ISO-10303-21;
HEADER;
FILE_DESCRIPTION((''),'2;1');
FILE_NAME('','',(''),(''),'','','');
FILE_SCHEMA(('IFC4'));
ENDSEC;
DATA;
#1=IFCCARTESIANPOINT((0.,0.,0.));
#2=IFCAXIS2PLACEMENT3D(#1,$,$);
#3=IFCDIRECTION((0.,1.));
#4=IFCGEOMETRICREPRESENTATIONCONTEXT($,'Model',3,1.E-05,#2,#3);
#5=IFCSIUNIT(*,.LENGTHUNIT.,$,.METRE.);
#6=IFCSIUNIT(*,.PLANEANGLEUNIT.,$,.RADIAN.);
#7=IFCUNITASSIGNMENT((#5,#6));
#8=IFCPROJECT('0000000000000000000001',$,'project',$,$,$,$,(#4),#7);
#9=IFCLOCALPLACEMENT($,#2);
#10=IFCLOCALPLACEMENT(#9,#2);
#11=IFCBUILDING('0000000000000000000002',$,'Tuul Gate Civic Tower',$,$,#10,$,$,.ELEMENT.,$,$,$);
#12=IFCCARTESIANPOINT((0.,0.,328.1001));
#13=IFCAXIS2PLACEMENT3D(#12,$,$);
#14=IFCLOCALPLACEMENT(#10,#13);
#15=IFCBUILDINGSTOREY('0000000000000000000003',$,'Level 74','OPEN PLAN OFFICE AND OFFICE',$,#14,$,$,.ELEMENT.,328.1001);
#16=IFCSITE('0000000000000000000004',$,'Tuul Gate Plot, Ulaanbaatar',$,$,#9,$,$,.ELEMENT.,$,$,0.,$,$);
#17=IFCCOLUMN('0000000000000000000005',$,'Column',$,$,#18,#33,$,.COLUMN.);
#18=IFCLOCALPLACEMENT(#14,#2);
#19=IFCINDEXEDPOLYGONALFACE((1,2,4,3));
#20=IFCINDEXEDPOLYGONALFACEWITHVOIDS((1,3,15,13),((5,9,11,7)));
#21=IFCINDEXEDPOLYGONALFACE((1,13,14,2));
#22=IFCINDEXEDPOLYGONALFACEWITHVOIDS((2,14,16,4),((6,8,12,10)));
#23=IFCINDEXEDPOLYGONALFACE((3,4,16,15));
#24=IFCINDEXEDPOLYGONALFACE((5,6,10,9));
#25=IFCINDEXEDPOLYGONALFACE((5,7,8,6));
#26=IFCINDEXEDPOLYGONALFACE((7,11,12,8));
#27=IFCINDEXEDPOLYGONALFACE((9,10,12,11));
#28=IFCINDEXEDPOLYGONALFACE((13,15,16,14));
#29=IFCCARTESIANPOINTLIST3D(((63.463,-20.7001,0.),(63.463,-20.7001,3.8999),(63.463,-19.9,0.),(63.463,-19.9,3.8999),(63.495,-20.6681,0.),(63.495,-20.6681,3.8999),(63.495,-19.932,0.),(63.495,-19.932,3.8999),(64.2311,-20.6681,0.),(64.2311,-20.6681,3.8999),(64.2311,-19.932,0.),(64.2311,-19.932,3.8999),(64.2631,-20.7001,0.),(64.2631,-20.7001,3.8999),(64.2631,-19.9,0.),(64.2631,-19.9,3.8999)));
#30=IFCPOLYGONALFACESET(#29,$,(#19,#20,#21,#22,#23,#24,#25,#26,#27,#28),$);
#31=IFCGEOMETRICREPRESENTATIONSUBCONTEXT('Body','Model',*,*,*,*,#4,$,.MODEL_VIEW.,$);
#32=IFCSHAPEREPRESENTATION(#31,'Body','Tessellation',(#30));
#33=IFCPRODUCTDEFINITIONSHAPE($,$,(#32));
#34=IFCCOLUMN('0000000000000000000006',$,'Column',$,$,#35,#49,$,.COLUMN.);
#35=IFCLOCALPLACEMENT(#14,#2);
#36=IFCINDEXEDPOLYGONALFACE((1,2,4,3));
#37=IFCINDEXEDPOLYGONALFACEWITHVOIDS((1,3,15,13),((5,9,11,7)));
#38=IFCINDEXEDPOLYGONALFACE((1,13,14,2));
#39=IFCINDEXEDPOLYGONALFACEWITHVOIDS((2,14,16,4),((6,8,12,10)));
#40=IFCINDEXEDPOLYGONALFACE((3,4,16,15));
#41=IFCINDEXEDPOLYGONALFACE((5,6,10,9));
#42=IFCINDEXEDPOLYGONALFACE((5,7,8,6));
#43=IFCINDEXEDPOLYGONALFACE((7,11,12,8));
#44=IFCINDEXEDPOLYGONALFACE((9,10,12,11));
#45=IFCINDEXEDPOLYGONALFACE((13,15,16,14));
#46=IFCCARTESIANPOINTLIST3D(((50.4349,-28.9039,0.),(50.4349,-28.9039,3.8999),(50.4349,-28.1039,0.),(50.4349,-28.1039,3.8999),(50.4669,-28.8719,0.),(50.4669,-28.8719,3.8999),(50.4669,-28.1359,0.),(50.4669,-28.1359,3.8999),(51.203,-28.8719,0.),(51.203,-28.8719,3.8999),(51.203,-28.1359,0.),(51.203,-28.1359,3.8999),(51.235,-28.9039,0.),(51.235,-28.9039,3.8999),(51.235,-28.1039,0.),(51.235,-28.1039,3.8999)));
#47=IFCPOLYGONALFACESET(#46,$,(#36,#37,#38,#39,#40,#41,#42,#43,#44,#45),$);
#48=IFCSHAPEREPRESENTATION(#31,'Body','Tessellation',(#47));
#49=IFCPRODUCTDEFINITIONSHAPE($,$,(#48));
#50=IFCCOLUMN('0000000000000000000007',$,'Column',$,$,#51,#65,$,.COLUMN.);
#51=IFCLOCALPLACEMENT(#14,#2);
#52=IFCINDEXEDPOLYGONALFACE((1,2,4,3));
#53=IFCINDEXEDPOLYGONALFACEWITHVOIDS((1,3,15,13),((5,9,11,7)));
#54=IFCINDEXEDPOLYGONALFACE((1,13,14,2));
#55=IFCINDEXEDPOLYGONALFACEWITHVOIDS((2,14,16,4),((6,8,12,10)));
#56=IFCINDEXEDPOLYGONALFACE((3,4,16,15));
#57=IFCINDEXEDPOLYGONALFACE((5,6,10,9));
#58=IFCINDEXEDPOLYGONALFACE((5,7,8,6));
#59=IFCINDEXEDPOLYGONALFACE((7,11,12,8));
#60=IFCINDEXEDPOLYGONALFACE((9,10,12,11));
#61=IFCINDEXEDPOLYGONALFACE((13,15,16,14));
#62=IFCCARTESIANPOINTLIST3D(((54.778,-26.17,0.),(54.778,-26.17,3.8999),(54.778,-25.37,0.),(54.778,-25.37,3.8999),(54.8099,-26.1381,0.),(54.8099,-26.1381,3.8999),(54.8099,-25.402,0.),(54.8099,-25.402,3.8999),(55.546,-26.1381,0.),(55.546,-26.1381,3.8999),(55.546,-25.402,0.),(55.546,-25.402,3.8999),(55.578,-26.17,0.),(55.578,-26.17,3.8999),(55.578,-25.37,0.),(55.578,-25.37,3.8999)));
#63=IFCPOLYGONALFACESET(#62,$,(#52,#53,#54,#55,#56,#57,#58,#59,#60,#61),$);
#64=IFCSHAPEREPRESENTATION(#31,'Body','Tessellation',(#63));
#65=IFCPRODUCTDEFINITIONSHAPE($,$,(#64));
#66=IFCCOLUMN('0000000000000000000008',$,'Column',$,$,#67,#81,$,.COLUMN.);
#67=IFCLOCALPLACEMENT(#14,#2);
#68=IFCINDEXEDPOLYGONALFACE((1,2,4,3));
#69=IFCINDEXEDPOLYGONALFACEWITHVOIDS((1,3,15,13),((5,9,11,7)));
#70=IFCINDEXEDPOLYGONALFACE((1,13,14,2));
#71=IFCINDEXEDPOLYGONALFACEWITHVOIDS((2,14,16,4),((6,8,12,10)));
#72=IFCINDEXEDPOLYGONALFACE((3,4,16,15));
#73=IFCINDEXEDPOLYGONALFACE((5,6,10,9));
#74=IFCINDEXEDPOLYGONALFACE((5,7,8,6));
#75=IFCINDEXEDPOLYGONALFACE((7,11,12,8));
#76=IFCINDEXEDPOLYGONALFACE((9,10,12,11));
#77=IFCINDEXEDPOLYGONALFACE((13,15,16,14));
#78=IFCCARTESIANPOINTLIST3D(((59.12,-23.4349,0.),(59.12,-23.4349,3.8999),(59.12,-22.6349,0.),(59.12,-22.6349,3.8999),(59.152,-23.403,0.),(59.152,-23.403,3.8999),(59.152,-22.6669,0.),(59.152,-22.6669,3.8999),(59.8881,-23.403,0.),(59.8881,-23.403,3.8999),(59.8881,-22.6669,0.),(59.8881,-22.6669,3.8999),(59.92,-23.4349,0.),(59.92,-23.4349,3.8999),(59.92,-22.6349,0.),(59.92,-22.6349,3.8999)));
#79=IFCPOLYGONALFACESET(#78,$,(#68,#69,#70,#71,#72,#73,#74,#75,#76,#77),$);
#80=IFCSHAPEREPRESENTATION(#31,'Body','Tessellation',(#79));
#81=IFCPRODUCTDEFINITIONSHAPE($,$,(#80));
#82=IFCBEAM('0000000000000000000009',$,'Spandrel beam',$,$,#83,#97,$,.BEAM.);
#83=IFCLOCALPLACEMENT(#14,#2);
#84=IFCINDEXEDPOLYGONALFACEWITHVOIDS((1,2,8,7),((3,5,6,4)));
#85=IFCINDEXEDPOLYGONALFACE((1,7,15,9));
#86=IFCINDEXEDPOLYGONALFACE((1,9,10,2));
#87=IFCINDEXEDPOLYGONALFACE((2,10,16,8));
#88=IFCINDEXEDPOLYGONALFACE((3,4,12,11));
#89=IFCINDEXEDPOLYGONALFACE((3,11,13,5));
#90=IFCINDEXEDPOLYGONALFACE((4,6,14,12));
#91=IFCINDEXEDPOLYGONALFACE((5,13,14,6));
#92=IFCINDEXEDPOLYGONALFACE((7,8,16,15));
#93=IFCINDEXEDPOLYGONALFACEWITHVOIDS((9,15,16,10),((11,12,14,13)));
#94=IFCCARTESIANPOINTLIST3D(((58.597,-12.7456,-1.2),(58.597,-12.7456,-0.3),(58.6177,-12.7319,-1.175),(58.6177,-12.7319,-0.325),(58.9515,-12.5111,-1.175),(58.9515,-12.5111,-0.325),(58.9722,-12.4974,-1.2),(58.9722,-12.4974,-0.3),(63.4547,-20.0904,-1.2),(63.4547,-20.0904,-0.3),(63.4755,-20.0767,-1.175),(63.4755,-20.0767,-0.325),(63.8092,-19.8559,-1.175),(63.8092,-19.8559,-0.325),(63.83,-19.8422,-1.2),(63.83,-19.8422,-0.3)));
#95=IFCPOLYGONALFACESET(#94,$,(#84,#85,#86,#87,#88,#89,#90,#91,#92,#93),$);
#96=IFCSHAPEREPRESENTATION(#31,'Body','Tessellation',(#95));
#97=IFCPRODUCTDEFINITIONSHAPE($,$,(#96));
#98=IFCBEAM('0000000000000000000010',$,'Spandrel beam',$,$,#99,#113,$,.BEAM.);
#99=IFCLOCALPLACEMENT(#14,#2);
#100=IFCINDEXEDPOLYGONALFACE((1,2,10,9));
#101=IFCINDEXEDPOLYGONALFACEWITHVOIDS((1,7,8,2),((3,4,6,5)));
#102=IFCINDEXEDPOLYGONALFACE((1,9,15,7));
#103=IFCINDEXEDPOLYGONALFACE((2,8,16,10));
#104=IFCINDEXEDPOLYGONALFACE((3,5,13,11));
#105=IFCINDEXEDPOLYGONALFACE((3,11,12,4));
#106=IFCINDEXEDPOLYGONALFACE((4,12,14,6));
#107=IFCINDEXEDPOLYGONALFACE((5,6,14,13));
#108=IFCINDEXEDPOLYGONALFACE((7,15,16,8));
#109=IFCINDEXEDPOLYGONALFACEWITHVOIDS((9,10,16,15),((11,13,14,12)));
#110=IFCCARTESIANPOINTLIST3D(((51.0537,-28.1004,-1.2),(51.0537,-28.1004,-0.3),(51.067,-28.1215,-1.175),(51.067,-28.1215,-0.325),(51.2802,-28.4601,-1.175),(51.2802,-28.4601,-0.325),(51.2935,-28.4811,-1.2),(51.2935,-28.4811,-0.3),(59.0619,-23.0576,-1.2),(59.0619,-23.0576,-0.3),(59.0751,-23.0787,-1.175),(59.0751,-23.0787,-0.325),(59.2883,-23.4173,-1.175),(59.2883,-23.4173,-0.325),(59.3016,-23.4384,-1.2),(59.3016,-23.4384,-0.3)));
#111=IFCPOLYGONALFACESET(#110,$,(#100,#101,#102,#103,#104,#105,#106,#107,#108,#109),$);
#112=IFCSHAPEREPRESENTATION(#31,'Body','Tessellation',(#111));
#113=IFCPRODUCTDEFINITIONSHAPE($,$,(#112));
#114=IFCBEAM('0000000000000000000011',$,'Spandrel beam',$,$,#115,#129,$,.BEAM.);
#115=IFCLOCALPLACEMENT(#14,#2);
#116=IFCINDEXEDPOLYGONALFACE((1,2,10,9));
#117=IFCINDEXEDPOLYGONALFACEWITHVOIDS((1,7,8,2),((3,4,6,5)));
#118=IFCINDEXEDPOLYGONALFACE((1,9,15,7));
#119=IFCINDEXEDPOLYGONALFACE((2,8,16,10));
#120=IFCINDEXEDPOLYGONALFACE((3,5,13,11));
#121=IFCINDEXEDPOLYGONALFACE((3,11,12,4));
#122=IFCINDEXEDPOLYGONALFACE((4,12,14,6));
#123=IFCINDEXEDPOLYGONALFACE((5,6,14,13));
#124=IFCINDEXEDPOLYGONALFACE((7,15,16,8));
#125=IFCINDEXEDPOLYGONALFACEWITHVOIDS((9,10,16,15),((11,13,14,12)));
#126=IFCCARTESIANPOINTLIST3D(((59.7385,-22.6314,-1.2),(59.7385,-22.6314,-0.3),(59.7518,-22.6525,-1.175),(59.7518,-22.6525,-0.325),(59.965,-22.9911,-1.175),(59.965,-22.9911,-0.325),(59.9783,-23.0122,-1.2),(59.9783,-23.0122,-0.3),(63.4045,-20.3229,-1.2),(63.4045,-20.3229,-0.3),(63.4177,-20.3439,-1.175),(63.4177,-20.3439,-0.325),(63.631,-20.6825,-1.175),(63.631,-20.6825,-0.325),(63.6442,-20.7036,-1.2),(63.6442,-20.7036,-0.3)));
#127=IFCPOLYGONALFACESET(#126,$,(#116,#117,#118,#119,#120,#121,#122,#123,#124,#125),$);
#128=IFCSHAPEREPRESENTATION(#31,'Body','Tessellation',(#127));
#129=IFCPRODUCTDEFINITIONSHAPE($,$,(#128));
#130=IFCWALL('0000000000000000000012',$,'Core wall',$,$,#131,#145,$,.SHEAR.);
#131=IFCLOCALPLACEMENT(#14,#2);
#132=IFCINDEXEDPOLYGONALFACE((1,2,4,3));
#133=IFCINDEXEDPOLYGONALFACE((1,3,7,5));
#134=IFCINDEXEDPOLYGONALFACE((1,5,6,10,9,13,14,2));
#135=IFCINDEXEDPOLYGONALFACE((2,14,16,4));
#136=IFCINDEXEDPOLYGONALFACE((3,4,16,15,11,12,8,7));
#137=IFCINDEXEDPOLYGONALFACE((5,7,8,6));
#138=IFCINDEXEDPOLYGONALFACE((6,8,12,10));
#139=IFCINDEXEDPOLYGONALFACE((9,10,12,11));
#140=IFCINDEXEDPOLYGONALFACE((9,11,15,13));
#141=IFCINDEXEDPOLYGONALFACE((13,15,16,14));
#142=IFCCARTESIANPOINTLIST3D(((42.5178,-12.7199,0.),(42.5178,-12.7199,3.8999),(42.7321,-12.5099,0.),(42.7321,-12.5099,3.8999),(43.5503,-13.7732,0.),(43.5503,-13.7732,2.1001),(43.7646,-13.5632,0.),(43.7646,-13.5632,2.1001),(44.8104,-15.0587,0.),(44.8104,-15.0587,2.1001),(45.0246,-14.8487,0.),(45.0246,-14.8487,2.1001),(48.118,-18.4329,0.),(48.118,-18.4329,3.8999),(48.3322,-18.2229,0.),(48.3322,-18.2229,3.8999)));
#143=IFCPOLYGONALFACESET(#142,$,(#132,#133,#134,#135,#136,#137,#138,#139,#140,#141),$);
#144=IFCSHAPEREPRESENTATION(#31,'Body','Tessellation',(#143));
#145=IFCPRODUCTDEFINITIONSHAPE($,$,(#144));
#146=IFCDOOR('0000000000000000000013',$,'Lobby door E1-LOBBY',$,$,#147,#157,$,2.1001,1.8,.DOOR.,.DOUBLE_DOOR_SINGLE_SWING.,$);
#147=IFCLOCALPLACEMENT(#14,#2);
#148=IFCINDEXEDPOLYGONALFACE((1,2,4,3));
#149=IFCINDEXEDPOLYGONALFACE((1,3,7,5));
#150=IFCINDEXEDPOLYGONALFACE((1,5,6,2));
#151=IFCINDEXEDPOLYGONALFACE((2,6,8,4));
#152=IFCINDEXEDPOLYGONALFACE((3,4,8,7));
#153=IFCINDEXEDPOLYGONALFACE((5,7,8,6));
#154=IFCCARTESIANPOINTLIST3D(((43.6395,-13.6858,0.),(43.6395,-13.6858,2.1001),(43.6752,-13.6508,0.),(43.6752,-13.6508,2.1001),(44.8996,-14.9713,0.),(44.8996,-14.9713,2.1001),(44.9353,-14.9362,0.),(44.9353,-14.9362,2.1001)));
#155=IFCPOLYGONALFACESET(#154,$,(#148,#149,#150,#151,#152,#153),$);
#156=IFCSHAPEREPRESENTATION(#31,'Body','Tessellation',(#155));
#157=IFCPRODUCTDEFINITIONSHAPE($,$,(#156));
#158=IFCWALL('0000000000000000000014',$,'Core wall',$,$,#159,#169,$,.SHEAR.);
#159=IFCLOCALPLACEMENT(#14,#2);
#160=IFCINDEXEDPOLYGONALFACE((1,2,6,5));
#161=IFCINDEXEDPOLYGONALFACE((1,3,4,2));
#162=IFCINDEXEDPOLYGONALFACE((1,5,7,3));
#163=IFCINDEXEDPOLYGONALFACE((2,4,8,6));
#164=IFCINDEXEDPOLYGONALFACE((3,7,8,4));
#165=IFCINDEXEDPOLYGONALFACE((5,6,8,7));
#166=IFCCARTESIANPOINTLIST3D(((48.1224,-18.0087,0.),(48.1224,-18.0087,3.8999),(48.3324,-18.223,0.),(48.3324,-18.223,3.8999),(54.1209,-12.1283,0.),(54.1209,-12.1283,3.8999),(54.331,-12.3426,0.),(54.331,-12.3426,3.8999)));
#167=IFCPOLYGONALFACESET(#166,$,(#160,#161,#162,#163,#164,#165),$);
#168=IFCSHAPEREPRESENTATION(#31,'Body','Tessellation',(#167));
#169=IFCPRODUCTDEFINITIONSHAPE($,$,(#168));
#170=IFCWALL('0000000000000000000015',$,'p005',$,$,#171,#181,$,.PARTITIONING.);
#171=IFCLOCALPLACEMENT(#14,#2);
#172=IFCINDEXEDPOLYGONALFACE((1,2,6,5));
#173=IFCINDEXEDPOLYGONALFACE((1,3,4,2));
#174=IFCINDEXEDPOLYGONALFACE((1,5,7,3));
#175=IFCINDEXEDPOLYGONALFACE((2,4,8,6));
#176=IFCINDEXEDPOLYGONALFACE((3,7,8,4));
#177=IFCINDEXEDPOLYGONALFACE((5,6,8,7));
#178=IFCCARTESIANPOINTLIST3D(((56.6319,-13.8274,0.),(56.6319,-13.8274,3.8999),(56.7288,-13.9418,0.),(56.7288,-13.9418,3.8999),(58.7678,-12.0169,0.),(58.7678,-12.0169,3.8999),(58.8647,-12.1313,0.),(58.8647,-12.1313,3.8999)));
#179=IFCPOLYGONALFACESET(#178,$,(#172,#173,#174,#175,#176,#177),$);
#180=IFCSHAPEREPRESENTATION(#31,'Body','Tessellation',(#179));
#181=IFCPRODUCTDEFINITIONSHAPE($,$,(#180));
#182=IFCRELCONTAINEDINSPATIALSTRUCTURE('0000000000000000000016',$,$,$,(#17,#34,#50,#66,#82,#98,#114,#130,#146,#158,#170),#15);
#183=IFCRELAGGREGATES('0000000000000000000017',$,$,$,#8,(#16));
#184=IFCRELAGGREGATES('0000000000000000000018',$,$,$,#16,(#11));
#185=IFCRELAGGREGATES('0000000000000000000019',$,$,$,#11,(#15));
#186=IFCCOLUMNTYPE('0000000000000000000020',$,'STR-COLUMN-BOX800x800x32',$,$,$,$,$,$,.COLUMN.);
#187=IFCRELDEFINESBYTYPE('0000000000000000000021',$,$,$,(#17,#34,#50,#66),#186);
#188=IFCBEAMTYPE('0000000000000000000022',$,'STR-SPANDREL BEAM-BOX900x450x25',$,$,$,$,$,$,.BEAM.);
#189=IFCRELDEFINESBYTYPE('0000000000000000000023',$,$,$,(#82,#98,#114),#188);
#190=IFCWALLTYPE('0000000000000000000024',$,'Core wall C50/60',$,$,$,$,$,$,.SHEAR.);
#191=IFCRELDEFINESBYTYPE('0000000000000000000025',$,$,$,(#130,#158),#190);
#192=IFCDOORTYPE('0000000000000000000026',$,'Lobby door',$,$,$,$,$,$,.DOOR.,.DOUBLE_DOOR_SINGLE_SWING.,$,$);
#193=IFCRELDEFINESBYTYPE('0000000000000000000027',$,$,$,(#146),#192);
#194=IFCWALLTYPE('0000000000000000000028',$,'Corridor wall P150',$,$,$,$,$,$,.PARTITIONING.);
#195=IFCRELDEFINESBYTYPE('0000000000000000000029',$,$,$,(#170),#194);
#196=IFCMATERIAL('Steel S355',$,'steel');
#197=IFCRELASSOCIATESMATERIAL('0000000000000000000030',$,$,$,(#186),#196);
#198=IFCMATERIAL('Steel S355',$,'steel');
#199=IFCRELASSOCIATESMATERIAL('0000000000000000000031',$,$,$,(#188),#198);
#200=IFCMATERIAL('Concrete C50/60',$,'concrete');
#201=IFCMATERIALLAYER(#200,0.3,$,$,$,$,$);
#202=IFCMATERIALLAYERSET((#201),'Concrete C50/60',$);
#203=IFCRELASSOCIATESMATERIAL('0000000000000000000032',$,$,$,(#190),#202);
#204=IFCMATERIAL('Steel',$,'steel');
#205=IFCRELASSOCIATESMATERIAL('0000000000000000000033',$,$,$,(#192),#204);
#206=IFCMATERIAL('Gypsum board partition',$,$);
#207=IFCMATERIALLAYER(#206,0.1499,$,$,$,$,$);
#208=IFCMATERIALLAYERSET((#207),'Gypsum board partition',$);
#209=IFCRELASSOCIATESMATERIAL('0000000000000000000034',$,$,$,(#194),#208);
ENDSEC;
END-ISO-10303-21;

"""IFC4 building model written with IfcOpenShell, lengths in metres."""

from ifc_helpers import new_model, si_unit, direction, frame, frame_2d, origin, origin_2d, place, context, subcontext, project, spatial, rectangle, hollow_rectangle, extrude, material, layer, layer_set, material_profile, profile_set, type_object, element, fill, save


model = new_model("IFC4")

# Units and contexts
model_context = context("Model", 3, precision=1e-05, world=origin(), true_north=direction((0.0, 1.0)))
body_context = subcontext(model_context, "Body", "Model", "MODEL_VIEW")
ifc_project = project(units=[si_unit("LENGTHUNIT", "METRE"), si_unit("PLANEANGLEUNIT", "RADIAN")], contexts=[model_context])

# Site, building, storey
site_placement = place(None, origin())
site = spatial("IfcSite", under=ifc_project, at=site_placement, Name="Tuul Gate Plot, Ulaanbaatar", CompositionType="ELEMENT", RefElevation=0.0)
building_placement = place(site_placement, origin())
building = spatial("IfcBuilding", under=site, at=building_placement, Name="Tuul Gate Civic Tower", CompositionType="ELEMENT")
storey_placement = place(building_placement, frame((0.0, 0.0, 328.1001)))
storey = spatial("IfcBuildingStorey", under=building, at=storey_placement, Name="Level 74", Description="OPEN PLAN OFFICE AND OFFICE", CompositionType="ELEMENT", Elevation=328.1001)

# Columns
ifc_material_1 = material(Name="Steel S355", Category="steel")
ifc_material_profile_1 = material_profile(ifc_material_1, hollow_rectangle(XDim=0.8, YDim=0.8, WallThickness=0.032, at=origin_2d()), Name="BOX800x800x32")
ifc_profile_set_1 = profile_set([ifc_material_profile_1], Name="Steel S355")
column_type = type_object("IfcColumnType", Name="STR-COLUMN-BOX800x800x32", PredefinedType="COLUMN", material=ifc_profile_set_1)
for number, where, z_axis, x_axis, name in (
    (1, (63.863, -20.3, 0.0), (0.0, 0.0, 1.0), (1.0, 0.0, 0.0), "Column"),
    (2, (50.835, -28.5039, 0.0), (0.0, 0.0, 1.0), (1.0, 0.0, 0.0), "Column"),
    (3, (55.178, -25.77, 0.0), (0.0, 0.0, 1.0), (1.0, 0.0, 0.0), "Column"),
    (4, (59.52, -23.0349, 0.0), (0.0, 0.0, 1.0), (1.0, 0.0, 0.0), "Column"),
):
    element("IfcColumn", number, at=place(storey_placement, frame(where, z_axis=z_axis, x_axis=x_axis)), inside=storey, type_object=column_type, Name=name, PredefinedType="COLUMN", context=body_context, shape_type="SweptSolid", body=[
        extrude(hollow_rectangle(XDim=0.8, YDim=0.8, WallThickness=0.032, at=origin_2d()), origin(), (0.0, 0.0, 1.0), 3.8999),
    ])

# Beams
ifc_material_2 = material(Name="Steel S355", Category="steel")
ifc_material_profile_2 = material_profile(ifc_material_2, hollow_rectangle(XDim=0.45, YDim=0.8999, WallThickness=0.0249, at=origin_2d()), Name="BOX900x450x25")
ifc_profile_set_2 = profile_set([ifc_material_profile_2], Name="Steel S355")
beam_type = type_object("IfcBeamType", Name="STR-SPANDREL BEAM-BOX900x450x25", PredefinedType="BEAM", material=ifc_profile_set_2)
beam_1_placement = place(storey_placement, frame((63.6423, -19.9663, -0.75), z_axis=(-0.551645, 0.834079, 0.0), x_axis=(-0.834079, -0.551645, 0.0)))
element("IfcBeam", 5, at=beam_1_placement, inside=storey, type_object=beam_type, Name="Spandrel beam", PredefinedType="BEAM", context=body_context, shape_type="SweptSolid", body=[
    extrude(hollow_rectangle(XDim=0.45, YDim=0.8999, WallThickness=0.0249, at=origin_2d()), origin(), (0.0, 0.0, 1.0), 8.8059),
])
beam_2_placement = place(storey_placement, frame((51.1736, -28.2908, -0.75), z_axis=(0.846204, 0.53286, 0.0), x_axis=(-0.53286, 0.846204, 0.0)))
element("IfcBeam", 6, at=beam_2_placement, inside=storey, type_object=beam_type, Name="Spandrel beam", PredefinedType="BEAM", context=body_context, shape_type="SweptSolid", body=[
    extrude(hollow_rectangle(XDim=0.45, YDim=0.8999, WallThickness=0.0249, at=origin_2d()), origin(), (0.0, 0.0, 1.0), 9.4636),
])
beam_3_placement = place(storey_placement, frame((59.8584, -22.8218, -0.75), z_axis=(0.846195, 0.532873, 0.0), x_axis=(-0.532873, 0.846195, 0.0)))
element("IfcBeam", 7, at=beam_3_placement, inside=storey, type_object=beam_type, Name="Spandrel beam", PredefinedType="BEAM", context=body_context, shape_type="SweptSolid", body=[
    extrude(hollow_rectangle(XDim=0.45, YDim=0.8999, WallThickness=0.0249, at=origin_2d()), origin(), (0.0, 0.0, 1.0), 4.3323),
])

# Wall, opening, door
ifc_material_3 = material(Name="Concrete C50/60", Category="concrete")
ifc_layer_1 = layer(ifc_material_3, 0.3)
ifc_layer_set_1 = layer_set([ifc_layer_1], Name="Concrete C50/60")
wall_type_1 = type_object("IfcWallType", Name="Core wall C50/60", PredefinedType="SHEAR", material=ifc_layer_set_1)
wall_1_placement = place(storey_placement, frame((48.2251, -18.3279, 0.0), z_axis=(0.0, 0.0, 1.0), x_axis=(-0.700022, 0.714121, 0.0)))
wall_1 = element("IfcWall", 8, at=wall_1_placement, inside=storey, type_object=wall_type_1, Name="Core wall", PredefinedType="SHEAR", context=body_context, shape_type="SweptSolid", body=[
    extrude(rectangle(XDim=8.0, YDim=0.3, at=frame_2d((4.0, 0.0))), origin(), (0.0, 0.0, 1.0), 3.8999),
])
opening_1_placement = place(wall_1_placement, frame((4.7251, 0.0, 0.0)))
opening_1 = element("IfcOpeningElement", 9, at=opening_1_placement, cuts=wall_1, PredefinedType="OPENING", context=body_context, shape_type="SweptSolid", body=[
    extrude(rectangle(XDim=1.8, YDim=2.1001, at=frame_2d((0.8999, 1.05))), frame((0.0, 0.1602, 0.0), z_axis=(0.0, -1.0, 0.0), x_axis=(1.0, 0.0, 0.0)), (0.0, 0.0, 1.0), 0.3201),
])
ifc_material_4 = material(Name="Steel", Category="steel")
door_type = type_object("IfcDoorType", Name="Lobby door", OperationType="DOUBLE_DOOR_SINGLE_SWING", PredefinedType="DOOR", material=ifc_material_4)
door_placement = place(opening_1_placement, frame((1.8, 0.0, 0.0), z_axis=(0.0, 0.0, 1.0), x_axis=(-1.0, 0.0, 0.0)))
door = element("IfcDoor", 10, at=door_placement, inside=storey, type_object=door_type, Name="Lobby door E1-LOBBY", OperationType="DOUBLE_DOOR_SINGLE_SWING", OverallHeight=2.1001, OverallWidth=1.8, PredefinedType="DOOR", context=body_context, shape_type="SweptSolid", body=[
    extrude(rectangle(XDim=1.8, YDim=2.1001, at=frame_2d((0.9001, 1.05))), frame((0.0, 0.0249, 0.0), z_axis=(0.0, -1.0, 0.0), x_axis=(1.0, 0.0, 0.0)), (0.0, 0.0, 1.0), 0.05),
])
fill(opening_1, door)

# Walls
wall_2_placement = place(storey_placement, frame((48.2273, -18.116, 0.0), z_axis=(0.0, 0.0, 1.0), x_axis=(0.714105, 0.700038, 0.0)))
element("IfcWall", 11, at=wall_2_placement, inside=storey, type_object=wall_type_1, Name="Core wall", PredefinedType="SHEAR", context=body_context, shape_type="SweptSolid", body=[
    extrude(rectangle(XDim=8.4001, YDim=0.3, at=frame_2d((4.2002, 0.0))), origin(), (0.0, 0.0, 1.0), 3.8999),
])
ifc_material_5 = material(Name="Gypsum board partition")
ifc_layer_2 = layer(ifc_material_5, 0.1499)
ifc_layer_set_2 = layer_set([ifc_layer_2], Name="Gypsum board partition")
wall_type_2 = type_object("IfcWallType", Name="Corridor wall P150", PredefinedType="PARTITIONING", material=ifc_layer_set_2)
wall_3_placement = place(storey_placement, frame((56.6804, -13.8845, 0.0), z_axis=(0.0, 0.0, 1.0), x_axis=(0.762827, 0.646603, 0.0)))
element("IfcWall", 12, at=wall_3_placement, inside=storey, type_object=wall_type_2, Name="p005", PredefinedType="PARTITIONING", context=body_context, shape_type="SweptSolid", body=[
    extrude(rectangle(XDim=2.8, YDim=0.1499, at=frame_2d((1.3999, 0.0))), origin(), (0.0, 0.0, 1.0), 3.8999),
])

save(model, "model.ifc")
